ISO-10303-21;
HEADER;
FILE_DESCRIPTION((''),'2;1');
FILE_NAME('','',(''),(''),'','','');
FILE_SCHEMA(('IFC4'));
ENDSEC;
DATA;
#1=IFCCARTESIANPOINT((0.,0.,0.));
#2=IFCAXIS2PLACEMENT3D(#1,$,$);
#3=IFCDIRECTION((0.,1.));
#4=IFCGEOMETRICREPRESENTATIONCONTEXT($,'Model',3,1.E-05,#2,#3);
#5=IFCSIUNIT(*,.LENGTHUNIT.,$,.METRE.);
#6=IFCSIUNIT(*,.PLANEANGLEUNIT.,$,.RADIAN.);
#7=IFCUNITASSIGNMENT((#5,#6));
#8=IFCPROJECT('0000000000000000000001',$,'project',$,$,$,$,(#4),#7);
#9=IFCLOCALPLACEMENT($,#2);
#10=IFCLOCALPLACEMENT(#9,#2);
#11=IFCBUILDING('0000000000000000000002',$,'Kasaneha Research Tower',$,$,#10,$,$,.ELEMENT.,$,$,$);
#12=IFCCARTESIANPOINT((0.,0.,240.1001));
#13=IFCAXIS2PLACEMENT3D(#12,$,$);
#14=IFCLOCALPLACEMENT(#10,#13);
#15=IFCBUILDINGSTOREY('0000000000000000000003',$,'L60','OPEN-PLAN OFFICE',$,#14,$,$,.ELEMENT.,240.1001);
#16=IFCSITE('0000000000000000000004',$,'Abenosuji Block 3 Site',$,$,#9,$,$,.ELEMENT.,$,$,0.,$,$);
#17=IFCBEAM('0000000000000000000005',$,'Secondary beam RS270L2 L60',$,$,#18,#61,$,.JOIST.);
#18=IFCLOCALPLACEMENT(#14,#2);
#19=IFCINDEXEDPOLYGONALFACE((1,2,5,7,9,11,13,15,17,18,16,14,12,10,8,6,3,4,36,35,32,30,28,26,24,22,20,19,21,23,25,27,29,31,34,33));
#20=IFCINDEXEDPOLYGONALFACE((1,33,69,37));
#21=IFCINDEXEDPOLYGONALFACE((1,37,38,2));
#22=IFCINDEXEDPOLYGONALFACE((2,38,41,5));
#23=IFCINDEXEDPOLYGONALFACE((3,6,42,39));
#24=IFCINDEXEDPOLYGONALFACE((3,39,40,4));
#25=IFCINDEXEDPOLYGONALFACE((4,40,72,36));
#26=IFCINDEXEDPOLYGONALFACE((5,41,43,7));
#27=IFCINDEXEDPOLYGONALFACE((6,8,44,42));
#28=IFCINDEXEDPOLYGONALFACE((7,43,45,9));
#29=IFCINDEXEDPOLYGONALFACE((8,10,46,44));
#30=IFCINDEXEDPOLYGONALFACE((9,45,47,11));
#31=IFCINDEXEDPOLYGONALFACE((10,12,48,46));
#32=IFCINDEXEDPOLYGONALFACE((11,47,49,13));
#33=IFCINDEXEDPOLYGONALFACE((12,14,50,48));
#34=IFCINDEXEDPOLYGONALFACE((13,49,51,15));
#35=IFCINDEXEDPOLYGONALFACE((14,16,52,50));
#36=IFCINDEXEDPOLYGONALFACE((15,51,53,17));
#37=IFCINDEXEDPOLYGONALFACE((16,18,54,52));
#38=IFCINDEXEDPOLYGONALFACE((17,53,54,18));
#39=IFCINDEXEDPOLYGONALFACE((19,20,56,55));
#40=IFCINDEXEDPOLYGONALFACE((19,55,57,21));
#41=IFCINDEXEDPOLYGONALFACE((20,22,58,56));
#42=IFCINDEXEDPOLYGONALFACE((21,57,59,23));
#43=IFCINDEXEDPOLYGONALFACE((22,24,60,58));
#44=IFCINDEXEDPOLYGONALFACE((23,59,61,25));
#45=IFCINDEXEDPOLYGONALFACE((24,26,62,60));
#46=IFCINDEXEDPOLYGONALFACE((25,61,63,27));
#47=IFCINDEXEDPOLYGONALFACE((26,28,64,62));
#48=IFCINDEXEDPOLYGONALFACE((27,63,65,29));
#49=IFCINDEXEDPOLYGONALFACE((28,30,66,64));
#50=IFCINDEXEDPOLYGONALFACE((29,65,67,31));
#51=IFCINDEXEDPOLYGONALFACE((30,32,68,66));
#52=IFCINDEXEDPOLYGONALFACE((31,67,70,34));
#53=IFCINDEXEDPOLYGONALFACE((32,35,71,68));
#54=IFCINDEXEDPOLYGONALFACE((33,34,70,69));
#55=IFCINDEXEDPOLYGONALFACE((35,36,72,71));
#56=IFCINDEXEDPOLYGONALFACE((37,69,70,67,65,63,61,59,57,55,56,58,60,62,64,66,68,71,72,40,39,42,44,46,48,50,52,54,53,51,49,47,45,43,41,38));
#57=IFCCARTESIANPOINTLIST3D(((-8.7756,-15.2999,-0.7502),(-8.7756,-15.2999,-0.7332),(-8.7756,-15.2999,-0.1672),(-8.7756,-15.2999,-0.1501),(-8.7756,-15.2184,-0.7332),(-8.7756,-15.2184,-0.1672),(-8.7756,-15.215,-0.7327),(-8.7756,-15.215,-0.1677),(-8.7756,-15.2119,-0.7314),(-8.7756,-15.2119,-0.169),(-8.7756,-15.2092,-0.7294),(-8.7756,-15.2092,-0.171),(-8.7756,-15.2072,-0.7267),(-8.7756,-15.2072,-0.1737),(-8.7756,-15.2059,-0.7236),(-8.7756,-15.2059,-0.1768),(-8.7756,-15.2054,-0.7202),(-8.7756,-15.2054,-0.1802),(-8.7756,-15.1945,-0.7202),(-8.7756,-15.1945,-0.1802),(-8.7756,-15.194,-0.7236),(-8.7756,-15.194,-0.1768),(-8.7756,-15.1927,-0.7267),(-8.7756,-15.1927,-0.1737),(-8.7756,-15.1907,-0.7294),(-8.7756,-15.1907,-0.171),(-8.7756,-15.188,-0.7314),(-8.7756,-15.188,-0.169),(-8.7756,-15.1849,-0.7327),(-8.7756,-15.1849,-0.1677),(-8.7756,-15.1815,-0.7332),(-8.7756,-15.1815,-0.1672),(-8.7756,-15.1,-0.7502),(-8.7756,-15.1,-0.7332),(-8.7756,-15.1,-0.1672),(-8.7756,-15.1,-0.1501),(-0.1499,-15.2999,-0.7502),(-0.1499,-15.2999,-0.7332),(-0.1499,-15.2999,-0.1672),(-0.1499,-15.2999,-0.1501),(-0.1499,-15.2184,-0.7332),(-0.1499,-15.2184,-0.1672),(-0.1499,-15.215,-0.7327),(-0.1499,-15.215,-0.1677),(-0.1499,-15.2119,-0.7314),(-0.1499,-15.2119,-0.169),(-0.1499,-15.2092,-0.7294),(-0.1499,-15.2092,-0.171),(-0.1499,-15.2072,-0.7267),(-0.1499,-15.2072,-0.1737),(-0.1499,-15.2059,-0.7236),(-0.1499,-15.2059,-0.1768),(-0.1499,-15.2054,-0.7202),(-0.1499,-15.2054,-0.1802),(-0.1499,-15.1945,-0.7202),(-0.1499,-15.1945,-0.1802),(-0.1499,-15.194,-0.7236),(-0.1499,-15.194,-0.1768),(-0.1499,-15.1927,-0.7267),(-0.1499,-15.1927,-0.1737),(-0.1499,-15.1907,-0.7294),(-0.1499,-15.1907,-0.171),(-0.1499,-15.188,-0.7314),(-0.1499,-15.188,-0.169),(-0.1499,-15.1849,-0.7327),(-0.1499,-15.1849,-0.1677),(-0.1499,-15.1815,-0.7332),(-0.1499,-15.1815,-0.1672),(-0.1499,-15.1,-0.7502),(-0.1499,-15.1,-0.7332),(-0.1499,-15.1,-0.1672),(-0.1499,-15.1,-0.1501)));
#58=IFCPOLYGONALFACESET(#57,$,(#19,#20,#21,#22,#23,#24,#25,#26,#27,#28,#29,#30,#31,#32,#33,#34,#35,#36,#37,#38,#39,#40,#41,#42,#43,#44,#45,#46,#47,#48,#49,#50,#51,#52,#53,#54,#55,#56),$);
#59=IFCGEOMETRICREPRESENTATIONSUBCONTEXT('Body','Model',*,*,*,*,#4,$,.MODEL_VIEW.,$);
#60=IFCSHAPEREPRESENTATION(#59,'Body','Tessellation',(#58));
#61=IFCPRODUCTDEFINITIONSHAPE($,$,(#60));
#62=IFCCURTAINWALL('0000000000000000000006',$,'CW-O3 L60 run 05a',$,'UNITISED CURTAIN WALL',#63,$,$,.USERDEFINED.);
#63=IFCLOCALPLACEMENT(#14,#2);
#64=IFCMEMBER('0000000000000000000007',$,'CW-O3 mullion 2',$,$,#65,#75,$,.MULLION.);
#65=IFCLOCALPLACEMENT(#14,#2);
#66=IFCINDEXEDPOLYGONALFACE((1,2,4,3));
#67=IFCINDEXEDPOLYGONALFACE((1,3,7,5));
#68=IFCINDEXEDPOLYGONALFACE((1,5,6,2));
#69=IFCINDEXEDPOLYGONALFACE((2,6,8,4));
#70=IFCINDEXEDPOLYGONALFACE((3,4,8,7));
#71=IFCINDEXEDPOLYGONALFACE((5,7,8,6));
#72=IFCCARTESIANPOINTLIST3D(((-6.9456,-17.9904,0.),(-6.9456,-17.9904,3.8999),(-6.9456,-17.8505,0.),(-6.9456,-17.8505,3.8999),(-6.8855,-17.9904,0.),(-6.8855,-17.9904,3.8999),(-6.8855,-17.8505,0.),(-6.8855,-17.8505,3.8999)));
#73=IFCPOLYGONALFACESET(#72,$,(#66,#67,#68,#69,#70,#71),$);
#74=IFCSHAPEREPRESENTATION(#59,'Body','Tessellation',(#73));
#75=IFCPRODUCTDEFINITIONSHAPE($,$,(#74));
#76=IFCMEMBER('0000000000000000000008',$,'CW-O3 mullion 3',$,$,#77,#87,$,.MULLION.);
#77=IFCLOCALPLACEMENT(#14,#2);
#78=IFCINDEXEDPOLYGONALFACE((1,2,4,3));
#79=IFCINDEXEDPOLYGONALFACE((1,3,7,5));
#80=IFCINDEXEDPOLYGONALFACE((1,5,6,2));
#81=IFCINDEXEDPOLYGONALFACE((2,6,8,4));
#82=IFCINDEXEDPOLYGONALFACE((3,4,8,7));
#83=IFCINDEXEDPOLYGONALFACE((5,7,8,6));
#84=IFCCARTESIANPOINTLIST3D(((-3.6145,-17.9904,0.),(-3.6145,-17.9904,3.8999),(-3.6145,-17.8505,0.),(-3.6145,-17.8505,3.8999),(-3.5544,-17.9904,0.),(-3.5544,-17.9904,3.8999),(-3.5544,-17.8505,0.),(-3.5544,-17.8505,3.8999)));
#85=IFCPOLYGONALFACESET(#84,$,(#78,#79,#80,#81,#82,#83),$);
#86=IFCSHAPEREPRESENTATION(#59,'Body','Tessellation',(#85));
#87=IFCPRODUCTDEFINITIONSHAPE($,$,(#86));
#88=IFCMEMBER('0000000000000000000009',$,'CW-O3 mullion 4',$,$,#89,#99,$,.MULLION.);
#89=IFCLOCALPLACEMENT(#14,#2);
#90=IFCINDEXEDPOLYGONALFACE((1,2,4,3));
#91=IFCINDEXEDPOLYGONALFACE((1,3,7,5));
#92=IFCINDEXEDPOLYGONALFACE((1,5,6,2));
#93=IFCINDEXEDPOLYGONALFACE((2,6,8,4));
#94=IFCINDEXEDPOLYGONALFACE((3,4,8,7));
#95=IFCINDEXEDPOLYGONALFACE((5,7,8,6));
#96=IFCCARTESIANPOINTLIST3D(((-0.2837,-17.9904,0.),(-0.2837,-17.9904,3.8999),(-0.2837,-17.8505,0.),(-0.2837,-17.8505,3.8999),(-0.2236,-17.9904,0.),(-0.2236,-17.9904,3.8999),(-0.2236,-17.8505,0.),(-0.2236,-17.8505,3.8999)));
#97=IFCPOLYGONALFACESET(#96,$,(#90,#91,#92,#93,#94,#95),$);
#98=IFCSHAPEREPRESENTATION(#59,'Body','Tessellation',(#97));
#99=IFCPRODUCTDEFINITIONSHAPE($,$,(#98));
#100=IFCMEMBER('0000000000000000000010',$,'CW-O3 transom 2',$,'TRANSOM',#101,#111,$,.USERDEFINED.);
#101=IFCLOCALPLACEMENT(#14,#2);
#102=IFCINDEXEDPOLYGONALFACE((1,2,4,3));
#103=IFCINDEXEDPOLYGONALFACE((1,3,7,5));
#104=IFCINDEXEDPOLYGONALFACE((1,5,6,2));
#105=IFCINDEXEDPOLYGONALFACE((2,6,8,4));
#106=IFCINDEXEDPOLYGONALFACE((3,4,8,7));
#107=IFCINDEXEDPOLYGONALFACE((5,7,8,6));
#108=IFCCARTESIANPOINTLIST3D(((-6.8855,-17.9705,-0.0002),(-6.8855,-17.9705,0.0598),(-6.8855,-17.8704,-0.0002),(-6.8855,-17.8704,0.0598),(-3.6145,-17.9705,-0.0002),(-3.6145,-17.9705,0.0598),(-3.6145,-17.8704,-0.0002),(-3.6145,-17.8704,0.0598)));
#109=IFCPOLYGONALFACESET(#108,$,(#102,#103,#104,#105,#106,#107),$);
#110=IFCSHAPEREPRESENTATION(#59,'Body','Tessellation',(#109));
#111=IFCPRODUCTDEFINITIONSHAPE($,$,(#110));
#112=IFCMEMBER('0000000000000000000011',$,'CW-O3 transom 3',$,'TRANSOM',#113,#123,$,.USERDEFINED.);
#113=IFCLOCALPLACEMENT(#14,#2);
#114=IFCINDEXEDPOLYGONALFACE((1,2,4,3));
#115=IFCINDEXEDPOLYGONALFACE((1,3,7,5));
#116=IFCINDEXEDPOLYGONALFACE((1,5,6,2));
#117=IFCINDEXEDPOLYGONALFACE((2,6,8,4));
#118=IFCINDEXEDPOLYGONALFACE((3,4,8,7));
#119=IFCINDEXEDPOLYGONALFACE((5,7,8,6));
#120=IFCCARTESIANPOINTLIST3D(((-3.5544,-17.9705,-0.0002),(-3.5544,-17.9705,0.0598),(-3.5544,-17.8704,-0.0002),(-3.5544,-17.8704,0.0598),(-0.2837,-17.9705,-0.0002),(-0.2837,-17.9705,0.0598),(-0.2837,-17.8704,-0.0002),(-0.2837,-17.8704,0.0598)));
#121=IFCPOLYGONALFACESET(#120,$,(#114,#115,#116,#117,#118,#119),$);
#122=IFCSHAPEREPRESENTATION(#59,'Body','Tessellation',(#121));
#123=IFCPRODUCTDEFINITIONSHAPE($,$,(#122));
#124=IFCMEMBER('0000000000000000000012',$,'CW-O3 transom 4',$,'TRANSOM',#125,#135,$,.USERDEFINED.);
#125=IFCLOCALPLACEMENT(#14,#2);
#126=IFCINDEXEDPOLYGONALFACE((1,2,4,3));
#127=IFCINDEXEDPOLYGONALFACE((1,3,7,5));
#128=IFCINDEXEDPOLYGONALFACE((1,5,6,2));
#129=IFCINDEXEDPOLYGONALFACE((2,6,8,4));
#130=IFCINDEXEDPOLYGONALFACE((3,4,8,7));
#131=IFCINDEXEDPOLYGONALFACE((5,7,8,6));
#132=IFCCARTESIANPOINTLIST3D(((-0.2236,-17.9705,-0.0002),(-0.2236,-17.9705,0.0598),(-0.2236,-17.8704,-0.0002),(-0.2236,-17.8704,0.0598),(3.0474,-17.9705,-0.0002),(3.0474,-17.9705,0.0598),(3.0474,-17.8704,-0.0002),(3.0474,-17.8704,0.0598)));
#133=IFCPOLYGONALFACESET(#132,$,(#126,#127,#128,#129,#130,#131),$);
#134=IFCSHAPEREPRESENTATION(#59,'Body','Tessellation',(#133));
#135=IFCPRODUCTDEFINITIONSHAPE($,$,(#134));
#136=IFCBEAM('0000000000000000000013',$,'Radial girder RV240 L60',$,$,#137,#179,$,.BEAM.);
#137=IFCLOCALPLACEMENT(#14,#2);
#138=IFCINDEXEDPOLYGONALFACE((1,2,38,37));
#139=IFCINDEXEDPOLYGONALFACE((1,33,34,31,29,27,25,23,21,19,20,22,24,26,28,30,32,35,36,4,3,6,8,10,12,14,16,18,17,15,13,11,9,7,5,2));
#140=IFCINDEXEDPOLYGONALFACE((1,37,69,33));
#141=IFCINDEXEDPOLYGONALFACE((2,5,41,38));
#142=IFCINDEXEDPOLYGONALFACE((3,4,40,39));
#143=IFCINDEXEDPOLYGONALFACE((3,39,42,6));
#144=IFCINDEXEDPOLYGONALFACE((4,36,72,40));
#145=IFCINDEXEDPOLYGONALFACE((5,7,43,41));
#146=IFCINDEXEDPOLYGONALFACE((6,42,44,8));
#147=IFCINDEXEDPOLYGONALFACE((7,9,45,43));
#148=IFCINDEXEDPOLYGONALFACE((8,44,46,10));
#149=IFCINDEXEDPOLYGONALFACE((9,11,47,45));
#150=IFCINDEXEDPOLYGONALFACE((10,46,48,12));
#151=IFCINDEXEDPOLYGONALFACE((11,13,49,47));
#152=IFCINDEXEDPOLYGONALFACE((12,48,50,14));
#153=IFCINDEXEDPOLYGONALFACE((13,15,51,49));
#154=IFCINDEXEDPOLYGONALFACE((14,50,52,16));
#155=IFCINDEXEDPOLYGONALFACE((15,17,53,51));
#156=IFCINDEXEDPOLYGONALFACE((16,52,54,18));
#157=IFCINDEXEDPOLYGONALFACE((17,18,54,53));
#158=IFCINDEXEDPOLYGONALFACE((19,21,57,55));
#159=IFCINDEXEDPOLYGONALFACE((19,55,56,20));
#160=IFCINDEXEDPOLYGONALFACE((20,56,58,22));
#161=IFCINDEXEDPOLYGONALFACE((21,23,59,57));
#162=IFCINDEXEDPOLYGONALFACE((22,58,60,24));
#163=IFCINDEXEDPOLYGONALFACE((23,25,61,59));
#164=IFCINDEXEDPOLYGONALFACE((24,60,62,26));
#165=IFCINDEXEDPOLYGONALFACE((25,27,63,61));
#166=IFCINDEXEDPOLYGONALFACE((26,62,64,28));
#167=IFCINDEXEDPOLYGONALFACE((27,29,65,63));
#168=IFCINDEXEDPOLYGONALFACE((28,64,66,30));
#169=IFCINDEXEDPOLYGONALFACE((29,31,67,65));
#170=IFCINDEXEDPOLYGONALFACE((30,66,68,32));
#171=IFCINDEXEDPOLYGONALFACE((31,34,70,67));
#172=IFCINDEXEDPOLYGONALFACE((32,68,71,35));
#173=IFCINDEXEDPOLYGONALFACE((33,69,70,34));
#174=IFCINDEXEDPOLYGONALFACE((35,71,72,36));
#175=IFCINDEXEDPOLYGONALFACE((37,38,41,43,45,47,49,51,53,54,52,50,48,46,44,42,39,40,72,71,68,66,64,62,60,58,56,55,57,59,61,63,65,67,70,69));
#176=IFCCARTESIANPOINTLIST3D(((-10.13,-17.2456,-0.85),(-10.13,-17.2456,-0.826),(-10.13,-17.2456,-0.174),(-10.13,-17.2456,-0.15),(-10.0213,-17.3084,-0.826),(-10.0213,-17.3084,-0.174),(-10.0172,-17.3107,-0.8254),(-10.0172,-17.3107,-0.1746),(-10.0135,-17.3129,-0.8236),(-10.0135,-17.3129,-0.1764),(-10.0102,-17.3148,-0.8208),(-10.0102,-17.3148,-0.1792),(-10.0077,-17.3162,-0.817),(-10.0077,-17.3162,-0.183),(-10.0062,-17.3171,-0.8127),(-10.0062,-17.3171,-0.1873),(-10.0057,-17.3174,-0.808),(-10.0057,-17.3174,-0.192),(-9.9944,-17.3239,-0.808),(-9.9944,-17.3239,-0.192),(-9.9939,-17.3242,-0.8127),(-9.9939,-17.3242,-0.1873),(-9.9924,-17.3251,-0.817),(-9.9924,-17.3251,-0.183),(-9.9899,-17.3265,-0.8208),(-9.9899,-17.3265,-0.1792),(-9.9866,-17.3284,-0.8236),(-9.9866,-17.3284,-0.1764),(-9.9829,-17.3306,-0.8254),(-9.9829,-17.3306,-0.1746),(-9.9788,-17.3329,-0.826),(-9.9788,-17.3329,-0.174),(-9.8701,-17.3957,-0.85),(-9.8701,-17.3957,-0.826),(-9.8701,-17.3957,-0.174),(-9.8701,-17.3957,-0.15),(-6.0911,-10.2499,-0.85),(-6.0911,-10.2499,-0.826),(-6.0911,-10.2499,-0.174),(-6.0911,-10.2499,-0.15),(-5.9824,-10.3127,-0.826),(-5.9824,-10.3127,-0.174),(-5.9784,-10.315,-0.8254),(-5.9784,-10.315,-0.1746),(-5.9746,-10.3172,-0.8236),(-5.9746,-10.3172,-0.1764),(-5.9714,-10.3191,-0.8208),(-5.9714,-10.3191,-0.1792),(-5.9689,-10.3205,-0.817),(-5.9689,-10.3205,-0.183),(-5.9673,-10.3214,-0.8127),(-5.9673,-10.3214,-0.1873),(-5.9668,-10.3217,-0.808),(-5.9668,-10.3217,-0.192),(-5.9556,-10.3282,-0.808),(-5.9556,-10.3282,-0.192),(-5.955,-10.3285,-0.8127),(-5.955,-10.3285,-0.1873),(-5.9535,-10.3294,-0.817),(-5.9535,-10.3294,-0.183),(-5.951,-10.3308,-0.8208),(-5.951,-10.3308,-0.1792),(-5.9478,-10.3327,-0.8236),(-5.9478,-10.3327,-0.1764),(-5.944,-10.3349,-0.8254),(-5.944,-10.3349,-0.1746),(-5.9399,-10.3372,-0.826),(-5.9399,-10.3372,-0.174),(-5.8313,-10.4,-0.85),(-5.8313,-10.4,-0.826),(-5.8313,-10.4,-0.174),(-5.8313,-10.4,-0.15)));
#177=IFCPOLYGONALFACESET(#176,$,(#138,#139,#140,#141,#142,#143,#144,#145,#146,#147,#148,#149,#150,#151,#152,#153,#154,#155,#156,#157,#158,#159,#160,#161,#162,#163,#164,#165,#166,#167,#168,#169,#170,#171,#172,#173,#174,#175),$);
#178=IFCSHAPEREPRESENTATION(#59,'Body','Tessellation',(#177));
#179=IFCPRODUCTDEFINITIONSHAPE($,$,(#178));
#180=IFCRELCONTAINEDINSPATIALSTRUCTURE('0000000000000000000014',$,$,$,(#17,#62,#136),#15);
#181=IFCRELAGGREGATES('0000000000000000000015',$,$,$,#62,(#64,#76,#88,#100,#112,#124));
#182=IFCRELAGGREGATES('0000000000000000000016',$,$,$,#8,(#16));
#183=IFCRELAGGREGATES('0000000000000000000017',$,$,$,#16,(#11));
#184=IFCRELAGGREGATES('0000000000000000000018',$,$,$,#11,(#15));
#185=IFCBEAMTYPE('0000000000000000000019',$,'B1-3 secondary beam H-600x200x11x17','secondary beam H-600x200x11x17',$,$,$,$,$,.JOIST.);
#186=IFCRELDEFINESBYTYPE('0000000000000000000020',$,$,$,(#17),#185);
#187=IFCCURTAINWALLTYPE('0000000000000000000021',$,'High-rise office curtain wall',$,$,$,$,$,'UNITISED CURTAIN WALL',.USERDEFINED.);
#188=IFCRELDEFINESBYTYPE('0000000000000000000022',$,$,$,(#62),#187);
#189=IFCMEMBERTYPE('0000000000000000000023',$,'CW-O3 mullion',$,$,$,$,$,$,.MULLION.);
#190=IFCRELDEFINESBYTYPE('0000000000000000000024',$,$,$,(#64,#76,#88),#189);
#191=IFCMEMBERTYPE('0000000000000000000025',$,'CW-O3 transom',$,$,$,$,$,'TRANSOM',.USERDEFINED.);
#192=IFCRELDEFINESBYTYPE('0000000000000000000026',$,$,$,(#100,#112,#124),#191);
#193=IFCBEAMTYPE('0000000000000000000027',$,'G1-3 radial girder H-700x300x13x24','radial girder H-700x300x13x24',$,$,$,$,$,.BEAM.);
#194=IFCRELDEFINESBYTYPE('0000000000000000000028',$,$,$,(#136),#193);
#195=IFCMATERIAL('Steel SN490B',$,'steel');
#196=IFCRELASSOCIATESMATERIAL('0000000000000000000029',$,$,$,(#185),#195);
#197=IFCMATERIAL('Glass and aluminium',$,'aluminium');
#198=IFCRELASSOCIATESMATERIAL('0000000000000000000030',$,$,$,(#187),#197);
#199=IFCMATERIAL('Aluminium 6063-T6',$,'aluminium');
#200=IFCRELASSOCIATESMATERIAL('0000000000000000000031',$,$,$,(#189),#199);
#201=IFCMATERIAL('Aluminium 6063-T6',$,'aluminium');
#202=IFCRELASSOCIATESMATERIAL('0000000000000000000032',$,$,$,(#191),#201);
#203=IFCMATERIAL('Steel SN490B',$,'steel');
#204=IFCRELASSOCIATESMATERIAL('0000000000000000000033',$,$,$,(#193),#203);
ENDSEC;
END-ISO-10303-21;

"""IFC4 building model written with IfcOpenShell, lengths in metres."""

from ifc_helpers import new_model, si_unit, direction, frame, origin, origin_2d, place, context, subcontext, project, spatial, rectangle, i_section, extrude, material, material_profile, profile_set, type_object, element, aggregate, save


model = new_model("IFC4")

# Units and contexts
model_context = context("Model", 3, precision=1e-05, world=origin(), true_north=direction((0.0, 1.0)))
body_context = subcontext(model_context, "Body", "Model", "MODEL_VIEW")
ifc_project = project(units=[si_unit("LENGTHUNIT", "METRE"), si_unit("PLANEANGLEUNIT", "RADIAN")], contexts=[model_context])

# Site, building, storey
site_placement = place(None, origin())
site = spatial("IfcSite", under=ifc_project, at=site_placement, Name="Abenosuji Block 3 Site", CompositionType="ELEMENT", RefElevation=0.0)
building_placement = place(site_placement, origin())
building = spatial("IfcBuilding", under=site, at=building_placement, Name="Kasaneha Research Tower", CompositionType="ELEMENT")
storey_placement = place(building_placement, frame((0.0, 0.0, 240.1001)))
storey = spatial("IfcBuildingStorey", under=building, at=storey_placement, Name="L60", Description="OPEN-PLAN OFFICE", CompositionType="ELEMENT", Elevation=240.1001)

# Beam
ifc_material_1 = material(Name="Steel SN490B", Category="steel")
ifc_material_profile_1 = material_profile(ifc_material_1, i_section(OverallWidth=0.2, OverallDepth=0.6001, WebThickness=0.011, FlangeThickness=0.0171, FilletRadius=0.0129, at=origin_2d()), Name="H-600x200x11x17")
ifc_profile_set_1 = profile_set([ifc_material_profile_1], Name="Steel SN490B")
beam_type_1 = type_object("IfcBeamType", Name="B1-3 secondary beam H-600x200x11x17", Description="secondary beam H-600x200x11x17", PredefinedType="JOIST", material=ifc_profile_set_1)
beam_1_placement = place(storey_placement, frame((-8.7756, -15.2, -0.4502), z_axis=(1.0, 0.0, 0.0), x_axis=(0.0, 1.0, 0.0)))
element("IfcBeam", 1, at=beam_1_placement, inside=storey, type_object=beam_type_1, Name="Secondary beam RS270L2 L60", PredefinedType="JOIST", context=body_context, shape_type="SweptSolid", body=[
    extrude(i_section(OverallWidth=0.2, OverallDepth=0.6001, WebThickness=0.011, FlangeThickness=0.0171, FilletRadius=0.0129, at=origin_2d()), origin(), (0.0, 0.0, 1.0), 8.6257),
])

# Curtain wall, members
ifc_material_2 = material(Name="Glass and aluminium", Category="aluminium")
curtain_wall_type = type_object("IfcCurtainWallType", Name="High-rise office curtain wall", ElementType="UNITISED CURTAIN WALL", PredefinedType="USERDEFINED", material=ifc_material_2)
curtain_wall_placement = place(storey_placement, origin())
curtain_wall = element("IfcCurtainWall", 2, at=curtain_wall_placement, inside=storey, type_object=curtain_wall_type, Name="CW-O3 L60 run 05a", ObjectType="UNITISED CURTAIN WALL", PredefinedType="USERDEFINED")
ifc_material_3 = material(Name="Aluminium 6063-T6", Category="aluminium")
ifc_material_profile_2 = material_profile(ifc_material_3, rectangle(XDim=0.0601, YDim=0.1399, at=origin_2d()), Name="CW-O3 mullion 60x140")
ifc_profile_set_2 = profile_set([ifc_material_profile_2], Name="Aluminium 6063-T6")
member_type_1 = type_object("IfcMemberType", Name="CW-O3 mullion", PredefinedType="MULLION", material=ifc_profile_set_2)
member_1_placement = place(storey_placement, frame((-6.9155, -17.9204, 0.0), z_axis=(0.0, 0.0, 1.0), x_axis=(1.0, 0.0, 0.0)))
member_1 = element("IfcMember", 3, at=member_1_placement, type_object=member_type_1, Name="CW-O3 mullion 2", PredefinedType="MULLION", context=body_context, shape_type="SweptSolid", body=[
    extrude(rectangle(XDim=0.0601, YDim=0.1399, at=origin_2d()), origin(), (0.0, 0.0, 1.0), 3.8999),
])
member_2_placement = place(storey_placement, frame((-3.5845, -17.9204, 0.0), z_axis=(0.0, 0.0, 1.0), x_axis=(1.0, 0.0, 0.0)))
member_2 = element("IfcMember", 4, at=member_2_placement, type_object=member_type_1, Name="CW-O3 mullion 3", PredefinedType="MULLION", context=body_context, shape_type="SweptSolid", body=[
    extrude(rectangle(XDim=0.0601, YDim=0.1399, at=origin_2d()), origin(), (0.0, 0.0, 1.0), 3.8999),
])
member_3_placement = place(storey_placement, frame((-0.2537, -17.9204, 0.0), z_axis=(0.0, 0.0, 1.0), x_axis=(1.0, 0.0, 0.0)))
member_3 = element("IfcMember", 5, at=member_3_placement, type_object=member_type_1, Name="CW-O3 mullion 4", PredefinedType="MULLION", context=body_context, shape_type="SweptSolid", body=[
    extrude(rectangle(XDim=0.0601, YDim=0.1399, at=origin_2d()), origin(), (0.0, 0.0, 1.0), 3.8999),
])
ifc_material_4 = material(Name="Aluminium 6063-T6", Category="aluminium")
ifc_material_profile_3 = material_profile(ifc_material_4, rectangle(XDim=0.1001, YDim=0.0601, at=origin_2d()), Name="CW-O3 transom 100x60")
ifc_profile_set_3 = profile_set([ifc_material_profile_3], Name="Aluminium 6063-T6")
member_type_2 = type_object("IfcMemberType", Name="CW-O3 transom", ElementType="TRANSOM", PredefinedType="USERDEFINED", material=ifc_profile_set_3)
member_4_placement = place(storey_placement, frame((-6.8855, -17.9204, 0.0298), z_axis=(1.0, 0.0, 0.0), x_axis=(0.0, 1.0, 0.0)))
member_4 = element("IfcMember", 6, at=member_4_placement, type_object=member_type_2, Name="CW-O3 transom 2", ObjectType="TRANSOM", PredefinedType="USERDEFINED", context=body_context, shape_type="SweptSolid", body=[
    extrude(rectangle(XDim=0.1001, YDim=0.0601, at=origin_2d()), origin(), (0.0, 0.0, 1.0), 3.271),
])
member_5_placement = place(storey_placement, frame((-3.5544, -17.9204, 0.0298), z_axis=(1.0, 0.0, 0.0), x_axis=(0.0, 1.0, 0.0)))
member_5 = element("IfcMember", 7, at=member_5_placement, type_object=member_type_2, Name="CW-O3 transom 3", ObjectType="TRANSOM", PredefinedType="USERDEFINED", context=body_context, shape_type="SweptSolid", body=[
    extrude(rectangle(XDim=0.1001, YDim=0.0601, at=origin_2d()), origin(), (0.0, 0.0, 1.0), 3.2708),
])
member_6_placement = place(storey_placement, frame((-0.2236, -17.9204, 0.0298), z_axis=(1.0, 0.0, 0.0), x_axis=(0.0, 1.0, 0.0)))
member_6 = element("IfcMember", 8, at=member_6_placement, type_object=member_type_2, Name="CW-O3 transom 4", ObjectType="TRANSOM", PredefinedType="USERDEFINED", context=body_context, shape_type="SweptSolid", body=[
    extrude(rectangle(XDim=0.1001, YDim=0.0601, at=origin_2d()), origin(), (0.0, 0.0, 1.0), 3.271),
])

# Beam
ifc_material_5 = material(Name="Steel SN490B", Category="steel")
ifc_material_profile_4 = material_profile(ifc_material_5, i_section(OverallWidth=0.3, OverallDepth=0.7, WebThickness=0.0129, FlangeThickness=0.0239, FilletRadius=0.0181, at=origin_2d()), Name="H-700x300x13x24")
ifc_profile_set_4 = profile_set([ifc_material_profile_4], Name="Steel SN490B")
beam_type_2 = type_object("IfcBeamType", Name="G1-3 radial girder H-700x300x13x24", Description="radial girder H-700x300x13x24", PredefinedType="BEAM", material=ifc_profile_set_4)
beam_2_placement = place(storey_placement, frame((-5.9612, -10.325, -0.5), z_axis=(-0.499991, -0.866031, 0.0), x_axis=(0.866031, -0.499991, 0.0)))
element("IfcBeam", 9, at=beam_2_placement, inside=storey, type_object=beam_type_2, Name="Radial girder RV240 L60", PredefinedType="BEAM", context=body_context, shape_type="SweptSolid", body=[
    extrude(i_section(OverallWidth=0.3, OverallDepth=0.7, WebThickness=0.0129, FlangeThickness=0.0239, FilletRadius=0.0181, at=origin_2d()), origin(), (0.0, 0.0, 1.0), 8.0779),
])

aggregate(curtain_wall, [member_1, member_2, member_3, member_4, member_5, member_6])

save(model, "model.ifc")
